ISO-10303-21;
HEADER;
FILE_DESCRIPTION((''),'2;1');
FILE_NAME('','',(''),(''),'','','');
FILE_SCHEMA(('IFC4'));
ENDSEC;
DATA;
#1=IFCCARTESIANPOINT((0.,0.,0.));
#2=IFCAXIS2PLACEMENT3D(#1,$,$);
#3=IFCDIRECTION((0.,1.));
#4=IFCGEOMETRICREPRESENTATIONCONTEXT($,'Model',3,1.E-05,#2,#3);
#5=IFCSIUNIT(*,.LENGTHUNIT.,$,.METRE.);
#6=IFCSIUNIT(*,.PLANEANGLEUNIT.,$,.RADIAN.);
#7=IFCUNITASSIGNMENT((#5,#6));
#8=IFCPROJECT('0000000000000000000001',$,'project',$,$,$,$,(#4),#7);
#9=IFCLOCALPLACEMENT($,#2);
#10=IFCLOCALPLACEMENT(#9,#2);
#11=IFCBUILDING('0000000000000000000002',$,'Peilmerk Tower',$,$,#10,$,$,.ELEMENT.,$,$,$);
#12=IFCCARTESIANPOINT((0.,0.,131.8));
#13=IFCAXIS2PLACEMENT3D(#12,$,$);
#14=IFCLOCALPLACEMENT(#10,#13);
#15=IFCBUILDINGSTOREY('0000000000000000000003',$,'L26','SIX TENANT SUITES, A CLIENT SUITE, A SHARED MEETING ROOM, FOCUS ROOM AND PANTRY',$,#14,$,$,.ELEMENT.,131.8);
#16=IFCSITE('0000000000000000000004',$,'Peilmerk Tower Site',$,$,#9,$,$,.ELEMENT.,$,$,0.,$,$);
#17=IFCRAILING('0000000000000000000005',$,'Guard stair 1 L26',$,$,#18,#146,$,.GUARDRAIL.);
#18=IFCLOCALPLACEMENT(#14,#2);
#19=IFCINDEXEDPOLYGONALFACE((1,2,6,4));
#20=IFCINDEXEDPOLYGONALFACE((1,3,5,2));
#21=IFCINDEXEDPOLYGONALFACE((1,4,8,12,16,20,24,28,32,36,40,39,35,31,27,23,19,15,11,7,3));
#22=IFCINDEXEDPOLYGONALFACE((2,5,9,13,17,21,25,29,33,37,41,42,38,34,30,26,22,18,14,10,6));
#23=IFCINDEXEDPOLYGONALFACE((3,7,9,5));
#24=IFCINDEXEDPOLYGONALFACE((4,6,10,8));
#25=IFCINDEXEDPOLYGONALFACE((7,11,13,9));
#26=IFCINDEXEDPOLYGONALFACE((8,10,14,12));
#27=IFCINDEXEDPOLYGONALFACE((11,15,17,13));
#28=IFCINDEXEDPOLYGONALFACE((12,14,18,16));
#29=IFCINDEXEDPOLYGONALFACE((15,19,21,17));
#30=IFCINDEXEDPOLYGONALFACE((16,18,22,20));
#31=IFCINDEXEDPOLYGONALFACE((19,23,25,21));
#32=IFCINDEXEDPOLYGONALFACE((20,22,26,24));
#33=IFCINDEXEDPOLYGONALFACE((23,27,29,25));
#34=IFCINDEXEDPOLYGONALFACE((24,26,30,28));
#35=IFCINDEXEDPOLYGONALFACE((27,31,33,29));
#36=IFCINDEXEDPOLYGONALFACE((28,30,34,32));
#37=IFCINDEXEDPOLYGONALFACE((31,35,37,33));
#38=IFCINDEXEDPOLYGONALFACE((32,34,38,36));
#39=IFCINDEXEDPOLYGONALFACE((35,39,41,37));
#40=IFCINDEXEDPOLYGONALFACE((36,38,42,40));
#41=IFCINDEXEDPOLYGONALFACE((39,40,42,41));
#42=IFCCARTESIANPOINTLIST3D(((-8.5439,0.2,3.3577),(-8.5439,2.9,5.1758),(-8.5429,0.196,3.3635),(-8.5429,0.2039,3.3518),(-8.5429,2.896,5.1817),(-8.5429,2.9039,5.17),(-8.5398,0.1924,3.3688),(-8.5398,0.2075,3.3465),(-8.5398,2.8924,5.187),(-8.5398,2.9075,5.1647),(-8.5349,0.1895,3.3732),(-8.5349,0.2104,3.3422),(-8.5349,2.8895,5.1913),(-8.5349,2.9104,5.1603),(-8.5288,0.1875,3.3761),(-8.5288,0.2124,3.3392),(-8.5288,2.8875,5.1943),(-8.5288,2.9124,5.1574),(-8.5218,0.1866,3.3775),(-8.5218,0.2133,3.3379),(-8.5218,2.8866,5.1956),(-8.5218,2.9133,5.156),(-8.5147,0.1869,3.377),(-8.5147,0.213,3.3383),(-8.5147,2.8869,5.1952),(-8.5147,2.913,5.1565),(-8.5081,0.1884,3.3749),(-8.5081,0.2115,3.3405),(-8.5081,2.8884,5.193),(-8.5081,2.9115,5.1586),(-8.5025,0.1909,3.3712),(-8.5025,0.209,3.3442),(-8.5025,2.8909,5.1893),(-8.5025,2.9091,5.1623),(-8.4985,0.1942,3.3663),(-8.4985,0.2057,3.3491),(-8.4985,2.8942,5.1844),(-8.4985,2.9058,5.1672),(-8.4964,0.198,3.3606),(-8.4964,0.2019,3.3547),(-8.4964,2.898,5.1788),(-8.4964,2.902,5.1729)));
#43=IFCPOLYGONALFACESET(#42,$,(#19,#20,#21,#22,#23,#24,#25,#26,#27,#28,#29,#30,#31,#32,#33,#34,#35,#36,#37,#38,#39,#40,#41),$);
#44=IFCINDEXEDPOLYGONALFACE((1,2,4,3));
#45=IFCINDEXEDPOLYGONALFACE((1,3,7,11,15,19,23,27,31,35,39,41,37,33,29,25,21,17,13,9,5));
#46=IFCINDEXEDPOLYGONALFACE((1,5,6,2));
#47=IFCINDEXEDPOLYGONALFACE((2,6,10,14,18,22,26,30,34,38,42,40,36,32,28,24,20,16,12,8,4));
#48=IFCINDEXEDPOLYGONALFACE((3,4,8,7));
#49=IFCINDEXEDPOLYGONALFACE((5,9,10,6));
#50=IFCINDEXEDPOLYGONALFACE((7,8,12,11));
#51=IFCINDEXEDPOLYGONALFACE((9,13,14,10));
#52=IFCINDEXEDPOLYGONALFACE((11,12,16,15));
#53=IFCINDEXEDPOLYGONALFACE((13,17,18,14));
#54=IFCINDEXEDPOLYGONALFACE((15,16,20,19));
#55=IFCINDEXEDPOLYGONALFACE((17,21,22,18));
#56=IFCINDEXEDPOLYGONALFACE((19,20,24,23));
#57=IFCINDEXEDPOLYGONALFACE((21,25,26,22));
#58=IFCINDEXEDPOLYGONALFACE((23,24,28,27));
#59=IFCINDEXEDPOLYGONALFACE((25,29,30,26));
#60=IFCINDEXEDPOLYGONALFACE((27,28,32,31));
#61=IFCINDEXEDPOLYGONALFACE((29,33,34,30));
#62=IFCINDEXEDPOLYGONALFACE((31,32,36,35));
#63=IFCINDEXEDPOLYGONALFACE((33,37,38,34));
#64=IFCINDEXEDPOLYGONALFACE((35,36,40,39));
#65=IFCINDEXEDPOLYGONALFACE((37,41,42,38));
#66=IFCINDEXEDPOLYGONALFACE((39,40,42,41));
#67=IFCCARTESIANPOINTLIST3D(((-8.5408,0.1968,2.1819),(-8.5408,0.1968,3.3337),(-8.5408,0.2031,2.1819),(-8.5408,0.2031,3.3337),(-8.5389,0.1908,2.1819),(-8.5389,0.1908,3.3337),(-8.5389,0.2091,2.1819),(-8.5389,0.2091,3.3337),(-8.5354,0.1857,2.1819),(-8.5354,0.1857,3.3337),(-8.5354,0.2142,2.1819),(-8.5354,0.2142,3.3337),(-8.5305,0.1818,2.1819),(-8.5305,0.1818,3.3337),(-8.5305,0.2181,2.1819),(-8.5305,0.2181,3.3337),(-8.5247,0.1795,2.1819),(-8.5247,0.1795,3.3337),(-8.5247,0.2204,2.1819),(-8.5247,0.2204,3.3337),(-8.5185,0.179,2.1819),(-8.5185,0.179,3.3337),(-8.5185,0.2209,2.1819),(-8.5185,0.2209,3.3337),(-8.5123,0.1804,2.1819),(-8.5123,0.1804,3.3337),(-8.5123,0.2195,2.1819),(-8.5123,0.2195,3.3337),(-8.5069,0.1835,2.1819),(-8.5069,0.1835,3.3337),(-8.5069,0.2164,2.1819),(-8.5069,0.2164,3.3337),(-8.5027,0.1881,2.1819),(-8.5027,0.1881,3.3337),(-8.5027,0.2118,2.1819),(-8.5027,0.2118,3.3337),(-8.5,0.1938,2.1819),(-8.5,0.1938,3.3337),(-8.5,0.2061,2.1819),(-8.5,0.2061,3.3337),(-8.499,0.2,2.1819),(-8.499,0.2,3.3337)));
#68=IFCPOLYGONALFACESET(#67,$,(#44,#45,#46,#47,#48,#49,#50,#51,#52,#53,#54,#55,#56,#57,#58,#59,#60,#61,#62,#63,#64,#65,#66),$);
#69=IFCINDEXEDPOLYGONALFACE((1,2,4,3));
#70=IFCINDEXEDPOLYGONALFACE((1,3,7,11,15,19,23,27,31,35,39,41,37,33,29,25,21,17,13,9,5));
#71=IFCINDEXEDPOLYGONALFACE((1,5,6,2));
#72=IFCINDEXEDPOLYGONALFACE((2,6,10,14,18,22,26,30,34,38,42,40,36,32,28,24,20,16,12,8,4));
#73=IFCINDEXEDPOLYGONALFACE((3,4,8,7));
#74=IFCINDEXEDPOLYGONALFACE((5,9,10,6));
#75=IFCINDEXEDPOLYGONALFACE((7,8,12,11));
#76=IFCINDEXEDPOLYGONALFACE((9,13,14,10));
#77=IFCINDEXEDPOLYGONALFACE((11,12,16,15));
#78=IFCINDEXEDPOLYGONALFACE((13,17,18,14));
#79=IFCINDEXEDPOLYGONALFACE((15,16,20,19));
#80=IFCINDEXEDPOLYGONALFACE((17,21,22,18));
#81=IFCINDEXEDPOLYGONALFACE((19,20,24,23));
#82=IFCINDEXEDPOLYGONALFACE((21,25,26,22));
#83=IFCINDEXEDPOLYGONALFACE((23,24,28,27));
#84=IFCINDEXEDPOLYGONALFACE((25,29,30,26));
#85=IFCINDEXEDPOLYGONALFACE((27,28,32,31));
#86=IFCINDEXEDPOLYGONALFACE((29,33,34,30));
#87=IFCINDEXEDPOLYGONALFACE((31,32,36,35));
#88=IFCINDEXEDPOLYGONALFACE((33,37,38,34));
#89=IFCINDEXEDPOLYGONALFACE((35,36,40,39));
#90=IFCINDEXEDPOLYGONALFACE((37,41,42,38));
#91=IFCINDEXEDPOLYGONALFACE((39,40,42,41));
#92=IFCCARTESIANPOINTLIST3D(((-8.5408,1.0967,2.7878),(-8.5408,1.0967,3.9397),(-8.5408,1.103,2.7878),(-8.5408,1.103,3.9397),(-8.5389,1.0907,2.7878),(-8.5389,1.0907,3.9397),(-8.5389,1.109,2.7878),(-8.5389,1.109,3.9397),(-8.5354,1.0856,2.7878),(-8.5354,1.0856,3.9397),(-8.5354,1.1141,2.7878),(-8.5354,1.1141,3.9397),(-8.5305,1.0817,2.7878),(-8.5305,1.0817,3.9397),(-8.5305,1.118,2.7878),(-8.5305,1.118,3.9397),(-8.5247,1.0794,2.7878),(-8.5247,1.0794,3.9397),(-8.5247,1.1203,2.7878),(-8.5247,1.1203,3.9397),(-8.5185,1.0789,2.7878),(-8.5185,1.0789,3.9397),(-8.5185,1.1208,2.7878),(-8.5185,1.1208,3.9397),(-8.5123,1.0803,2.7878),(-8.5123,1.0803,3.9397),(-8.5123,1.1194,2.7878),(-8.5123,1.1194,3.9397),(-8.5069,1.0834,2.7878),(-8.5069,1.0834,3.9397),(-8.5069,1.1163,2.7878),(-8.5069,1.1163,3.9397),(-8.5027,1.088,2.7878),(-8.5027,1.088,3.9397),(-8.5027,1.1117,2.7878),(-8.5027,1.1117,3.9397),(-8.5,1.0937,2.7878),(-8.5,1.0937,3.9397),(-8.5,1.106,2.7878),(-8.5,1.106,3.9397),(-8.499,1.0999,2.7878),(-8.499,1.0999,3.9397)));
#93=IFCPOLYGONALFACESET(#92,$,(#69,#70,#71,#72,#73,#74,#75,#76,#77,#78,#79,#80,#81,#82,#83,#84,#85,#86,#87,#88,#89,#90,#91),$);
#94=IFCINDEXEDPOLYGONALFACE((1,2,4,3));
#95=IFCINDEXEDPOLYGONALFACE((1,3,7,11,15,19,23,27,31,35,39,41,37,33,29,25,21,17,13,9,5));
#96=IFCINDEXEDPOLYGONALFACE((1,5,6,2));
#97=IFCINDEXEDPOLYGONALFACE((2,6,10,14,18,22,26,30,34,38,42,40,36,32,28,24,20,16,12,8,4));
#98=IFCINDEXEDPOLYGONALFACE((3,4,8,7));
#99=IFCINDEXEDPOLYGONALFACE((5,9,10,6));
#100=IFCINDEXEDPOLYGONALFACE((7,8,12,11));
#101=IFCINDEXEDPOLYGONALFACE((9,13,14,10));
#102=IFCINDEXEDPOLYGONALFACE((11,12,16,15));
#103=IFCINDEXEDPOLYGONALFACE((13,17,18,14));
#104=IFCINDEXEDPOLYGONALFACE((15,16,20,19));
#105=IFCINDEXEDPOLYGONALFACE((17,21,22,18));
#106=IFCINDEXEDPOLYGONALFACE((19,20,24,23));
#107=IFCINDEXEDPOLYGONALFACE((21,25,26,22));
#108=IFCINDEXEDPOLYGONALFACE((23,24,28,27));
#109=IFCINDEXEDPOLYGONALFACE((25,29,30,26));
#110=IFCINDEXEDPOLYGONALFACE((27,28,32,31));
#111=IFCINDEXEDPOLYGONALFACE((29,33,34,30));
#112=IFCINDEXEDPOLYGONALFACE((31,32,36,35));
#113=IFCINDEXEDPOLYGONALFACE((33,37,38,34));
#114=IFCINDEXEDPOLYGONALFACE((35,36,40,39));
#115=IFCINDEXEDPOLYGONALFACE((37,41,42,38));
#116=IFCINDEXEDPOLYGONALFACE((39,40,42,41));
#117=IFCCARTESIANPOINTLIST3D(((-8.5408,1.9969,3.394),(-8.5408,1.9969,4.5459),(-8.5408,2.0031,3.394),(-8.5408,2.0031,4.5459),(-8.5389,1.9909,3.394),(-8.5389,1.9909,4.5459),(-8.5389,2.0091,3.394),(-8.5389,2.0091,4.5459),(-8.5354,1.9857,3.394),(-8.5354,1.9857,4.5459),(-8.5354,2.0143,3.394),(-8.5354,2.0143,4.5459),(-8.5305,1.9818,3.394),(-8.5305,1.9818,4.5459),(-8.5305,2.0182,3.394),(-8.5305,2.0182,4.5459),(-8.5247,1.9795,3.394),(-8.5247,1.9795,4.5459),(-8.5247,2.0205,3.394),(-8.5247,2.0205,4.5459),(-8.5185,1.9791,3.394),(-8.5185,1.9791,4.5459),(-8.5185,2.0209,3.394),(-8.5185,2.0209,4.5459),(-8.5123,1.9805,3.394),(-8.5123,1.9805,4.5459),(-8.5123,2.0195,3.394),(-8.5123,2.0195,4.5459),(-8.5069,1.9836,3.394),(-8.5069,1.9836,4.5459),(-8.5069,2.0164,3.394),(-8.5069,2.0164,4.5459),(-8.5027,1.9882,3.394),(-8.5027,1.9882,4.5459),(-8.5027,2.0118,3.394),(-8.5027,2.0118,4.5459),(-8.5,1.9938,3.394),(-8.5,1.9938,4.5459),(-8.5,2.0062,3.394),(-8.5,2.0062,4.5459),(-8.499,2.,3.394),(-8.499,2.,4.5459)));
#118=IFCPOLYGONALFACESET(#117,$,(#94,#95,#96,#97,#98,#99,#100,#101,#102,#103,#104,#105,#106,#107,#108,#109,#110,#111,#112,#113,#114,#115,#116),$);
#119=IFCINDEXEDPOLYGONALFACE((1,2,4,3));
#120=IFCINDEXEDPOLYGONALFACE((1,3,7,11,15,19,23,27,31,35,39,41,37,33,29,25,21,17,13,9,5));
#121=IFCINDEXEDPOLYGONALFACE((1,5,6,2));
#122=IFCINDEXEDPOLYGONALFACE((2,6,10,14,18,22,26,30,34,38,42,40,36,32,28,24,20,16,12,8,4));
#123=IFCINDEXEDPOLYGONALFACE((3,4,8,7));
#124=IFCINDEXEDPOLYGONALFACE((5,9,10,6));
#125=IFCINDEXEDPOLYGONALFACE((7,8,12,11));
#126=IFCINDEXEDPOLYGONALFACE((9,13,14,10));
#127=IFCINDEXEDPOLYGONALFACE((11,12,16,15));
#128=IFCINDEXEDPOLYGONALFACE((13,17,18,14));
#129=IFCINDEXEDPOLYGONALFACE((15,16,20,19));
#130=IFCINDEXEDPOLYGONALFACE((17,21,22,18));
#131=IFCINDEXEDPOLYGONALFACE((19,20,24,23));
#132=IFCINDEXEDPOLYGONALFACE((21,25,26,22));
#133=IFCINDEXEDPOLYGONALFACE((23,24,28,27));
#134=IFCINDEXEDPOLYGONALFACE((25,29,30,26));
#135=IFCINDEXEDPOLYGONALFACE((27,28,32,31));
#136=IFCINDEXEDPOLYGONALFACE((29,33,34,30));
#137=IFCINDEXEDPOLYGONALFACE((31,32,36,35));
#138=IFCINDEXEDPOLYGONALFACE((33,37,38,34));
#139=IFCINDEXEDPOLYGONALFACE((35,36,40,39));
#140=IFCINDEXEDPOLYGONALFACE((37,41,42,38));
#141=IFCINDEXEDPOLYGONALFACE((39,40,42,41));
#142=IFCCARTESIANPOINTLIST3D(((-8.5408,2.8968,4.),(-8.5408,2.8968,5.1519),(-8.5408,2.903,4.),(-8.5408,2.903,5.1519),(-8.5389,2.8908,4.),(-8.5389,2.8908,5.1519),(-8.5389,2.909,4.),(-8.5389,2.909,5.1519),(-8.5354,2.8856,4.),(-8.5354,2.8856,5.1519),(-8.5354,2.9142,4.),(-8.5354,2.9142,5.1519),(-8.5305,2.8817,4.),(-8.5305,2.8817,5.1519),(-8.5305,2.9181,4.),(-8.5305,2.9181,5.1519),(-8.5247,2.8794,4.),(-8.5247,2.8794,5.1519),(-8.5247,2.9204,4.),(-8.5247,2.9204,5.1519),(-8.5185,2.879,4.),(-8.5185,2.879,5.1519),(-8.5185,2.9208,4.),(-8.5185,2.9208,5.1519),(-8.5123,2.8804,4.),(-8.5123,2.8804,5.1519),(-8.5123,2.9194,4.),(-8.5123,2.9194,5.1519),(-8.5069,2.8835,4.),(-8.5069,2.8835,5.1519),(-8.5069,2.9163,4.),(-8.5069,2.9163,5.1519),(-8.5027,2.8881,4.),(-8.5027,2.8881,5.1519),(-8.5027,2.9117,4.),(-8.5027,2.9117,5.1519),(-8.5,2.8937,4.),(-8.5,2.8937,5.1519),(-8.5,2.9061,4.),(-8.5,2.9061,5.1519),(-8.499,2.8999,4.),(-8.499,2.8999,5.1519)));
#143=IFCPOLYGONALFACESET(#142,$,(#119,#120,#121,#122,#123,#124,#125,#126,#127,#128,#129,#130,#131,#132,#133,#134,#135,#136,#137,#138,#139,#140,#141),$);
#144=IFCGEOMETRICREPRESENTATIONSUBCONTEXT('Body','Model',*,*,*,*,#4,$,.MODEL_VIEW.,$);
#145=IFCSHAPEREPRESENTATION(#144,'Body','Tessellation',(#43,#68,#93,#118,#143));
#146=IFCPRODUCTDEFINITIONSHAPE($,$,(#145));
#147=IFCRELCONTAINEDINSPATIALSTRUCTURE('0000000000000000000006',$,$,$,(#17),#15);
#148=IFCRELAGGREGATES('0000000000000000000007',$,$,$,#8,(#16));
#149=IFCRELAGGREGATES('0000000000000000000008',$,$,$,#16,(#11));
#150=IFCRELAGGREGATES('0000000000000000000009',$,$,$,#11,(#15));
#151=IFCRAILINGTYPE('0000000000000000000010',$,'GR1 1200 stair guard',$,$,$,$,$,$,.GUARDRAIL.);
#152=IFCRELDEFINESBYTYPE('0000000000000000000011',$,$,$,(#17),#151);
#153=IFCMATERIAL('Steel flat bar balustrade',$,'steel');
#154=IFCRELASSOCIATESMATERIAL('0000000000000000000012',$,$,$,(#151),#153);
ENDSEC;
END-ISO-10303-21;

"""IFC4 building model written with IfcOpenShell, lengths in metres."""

from ifc_helpers import new_model, si_unit, direction, frame, origin, origin_2d, place, context, subcontext, project, spatial, circle, extrude, material, type_object, element, save


model = new_model("IFC4")

# Units and contexts
model_context = context("Model", 3, precision=1e-05, world=origin(), true_north=direction((0.0, 1.0)))
body_context = subcontext(model_context, "Body", "Model", "MODEL_VIEW")
ifc_project = project(units=[si_unit("LENGTHUNIT", "METRE"), si_unit("PLANEANGLEUNIT", "RADIAN")], contexts=[model_context])

# Site, building, storey
site_placement = place(None, origin())
site = spatial("IfcSite", under=ifc_project, at=site_placement, Name="Peilmerk Tower Site", CompositionType="ELEMENT", RefElevation=0.0)
building_placement = place(site_placement, origin())
building = spatial("IfcBuilding", under=site, at=building_placement, Name="Peilmerk Tower", CompositionType="ELEMENT")
storey_placement = place(building_placement, frame((0.0, 0.0, 131.8)))
storey = spatial("IfcBuildingStorey", under=building, at=storey_placement, Name="L26", Description="SIX TENANT SUITES, A CLIENT SUITE, A SHARED MEETING ROOM, FOCUS ROOM AND PANTRY", CompositionType="ELEMENT", Elevation=131.8)

# Railing
ifc_material_1 = material(Name="Steel flat bar balustrade", Category="steel")
railing_type_1 = type_object("IfcRailingType", Name="GR1 1200 stair guard", PredefinedType="GUARDRAIL", material=ifc_material_1)
railing_1_placement = place(storey_placement, frame((-8.52, 0.2, 2.1819)))
element("IfcRailing", 1, at=railing_1_placement, inside=storey, type_object=railing_type_1, Name="Guard stair 1 L26", PredefinedType="GUARDRAIL", context=body_context, shape_type="SweptSolid", body=[
    extrude(circle(Radius=0.0239, at=origin_2d()), frame((0.0, 0.0, 1.1758), z_axis=(0.0, 0.829468, 0.558554), x_axis=(-1.0, 0.0, 0.0)), (0.0, 0.0, 1.0), 3.2551),
    extrude(circle(Radius=0.021, at=origin_2d()), origin(), (0.0, 0.0, 1.0), 1.1519),
    extrude(circle(Radius=0.021, at=origin_2d()), frame((0.0, 0.8999, 0.606)), (0.0, 0.0, 1.0), 1.1519),
    extrude(circle(Radius=0.021, at=origin_2d()), frame((0.0, 1.8, 1.2122)), (0.0, 0.0, 1.0), 1.1519),
    extrude(circle(Radius=0.021, at=origin_2d()), frame((0.0, 2.7, 1.8181)), (0.0, 0.0, 1.0), 1.1519),
])

save(model, "model.ifc")
